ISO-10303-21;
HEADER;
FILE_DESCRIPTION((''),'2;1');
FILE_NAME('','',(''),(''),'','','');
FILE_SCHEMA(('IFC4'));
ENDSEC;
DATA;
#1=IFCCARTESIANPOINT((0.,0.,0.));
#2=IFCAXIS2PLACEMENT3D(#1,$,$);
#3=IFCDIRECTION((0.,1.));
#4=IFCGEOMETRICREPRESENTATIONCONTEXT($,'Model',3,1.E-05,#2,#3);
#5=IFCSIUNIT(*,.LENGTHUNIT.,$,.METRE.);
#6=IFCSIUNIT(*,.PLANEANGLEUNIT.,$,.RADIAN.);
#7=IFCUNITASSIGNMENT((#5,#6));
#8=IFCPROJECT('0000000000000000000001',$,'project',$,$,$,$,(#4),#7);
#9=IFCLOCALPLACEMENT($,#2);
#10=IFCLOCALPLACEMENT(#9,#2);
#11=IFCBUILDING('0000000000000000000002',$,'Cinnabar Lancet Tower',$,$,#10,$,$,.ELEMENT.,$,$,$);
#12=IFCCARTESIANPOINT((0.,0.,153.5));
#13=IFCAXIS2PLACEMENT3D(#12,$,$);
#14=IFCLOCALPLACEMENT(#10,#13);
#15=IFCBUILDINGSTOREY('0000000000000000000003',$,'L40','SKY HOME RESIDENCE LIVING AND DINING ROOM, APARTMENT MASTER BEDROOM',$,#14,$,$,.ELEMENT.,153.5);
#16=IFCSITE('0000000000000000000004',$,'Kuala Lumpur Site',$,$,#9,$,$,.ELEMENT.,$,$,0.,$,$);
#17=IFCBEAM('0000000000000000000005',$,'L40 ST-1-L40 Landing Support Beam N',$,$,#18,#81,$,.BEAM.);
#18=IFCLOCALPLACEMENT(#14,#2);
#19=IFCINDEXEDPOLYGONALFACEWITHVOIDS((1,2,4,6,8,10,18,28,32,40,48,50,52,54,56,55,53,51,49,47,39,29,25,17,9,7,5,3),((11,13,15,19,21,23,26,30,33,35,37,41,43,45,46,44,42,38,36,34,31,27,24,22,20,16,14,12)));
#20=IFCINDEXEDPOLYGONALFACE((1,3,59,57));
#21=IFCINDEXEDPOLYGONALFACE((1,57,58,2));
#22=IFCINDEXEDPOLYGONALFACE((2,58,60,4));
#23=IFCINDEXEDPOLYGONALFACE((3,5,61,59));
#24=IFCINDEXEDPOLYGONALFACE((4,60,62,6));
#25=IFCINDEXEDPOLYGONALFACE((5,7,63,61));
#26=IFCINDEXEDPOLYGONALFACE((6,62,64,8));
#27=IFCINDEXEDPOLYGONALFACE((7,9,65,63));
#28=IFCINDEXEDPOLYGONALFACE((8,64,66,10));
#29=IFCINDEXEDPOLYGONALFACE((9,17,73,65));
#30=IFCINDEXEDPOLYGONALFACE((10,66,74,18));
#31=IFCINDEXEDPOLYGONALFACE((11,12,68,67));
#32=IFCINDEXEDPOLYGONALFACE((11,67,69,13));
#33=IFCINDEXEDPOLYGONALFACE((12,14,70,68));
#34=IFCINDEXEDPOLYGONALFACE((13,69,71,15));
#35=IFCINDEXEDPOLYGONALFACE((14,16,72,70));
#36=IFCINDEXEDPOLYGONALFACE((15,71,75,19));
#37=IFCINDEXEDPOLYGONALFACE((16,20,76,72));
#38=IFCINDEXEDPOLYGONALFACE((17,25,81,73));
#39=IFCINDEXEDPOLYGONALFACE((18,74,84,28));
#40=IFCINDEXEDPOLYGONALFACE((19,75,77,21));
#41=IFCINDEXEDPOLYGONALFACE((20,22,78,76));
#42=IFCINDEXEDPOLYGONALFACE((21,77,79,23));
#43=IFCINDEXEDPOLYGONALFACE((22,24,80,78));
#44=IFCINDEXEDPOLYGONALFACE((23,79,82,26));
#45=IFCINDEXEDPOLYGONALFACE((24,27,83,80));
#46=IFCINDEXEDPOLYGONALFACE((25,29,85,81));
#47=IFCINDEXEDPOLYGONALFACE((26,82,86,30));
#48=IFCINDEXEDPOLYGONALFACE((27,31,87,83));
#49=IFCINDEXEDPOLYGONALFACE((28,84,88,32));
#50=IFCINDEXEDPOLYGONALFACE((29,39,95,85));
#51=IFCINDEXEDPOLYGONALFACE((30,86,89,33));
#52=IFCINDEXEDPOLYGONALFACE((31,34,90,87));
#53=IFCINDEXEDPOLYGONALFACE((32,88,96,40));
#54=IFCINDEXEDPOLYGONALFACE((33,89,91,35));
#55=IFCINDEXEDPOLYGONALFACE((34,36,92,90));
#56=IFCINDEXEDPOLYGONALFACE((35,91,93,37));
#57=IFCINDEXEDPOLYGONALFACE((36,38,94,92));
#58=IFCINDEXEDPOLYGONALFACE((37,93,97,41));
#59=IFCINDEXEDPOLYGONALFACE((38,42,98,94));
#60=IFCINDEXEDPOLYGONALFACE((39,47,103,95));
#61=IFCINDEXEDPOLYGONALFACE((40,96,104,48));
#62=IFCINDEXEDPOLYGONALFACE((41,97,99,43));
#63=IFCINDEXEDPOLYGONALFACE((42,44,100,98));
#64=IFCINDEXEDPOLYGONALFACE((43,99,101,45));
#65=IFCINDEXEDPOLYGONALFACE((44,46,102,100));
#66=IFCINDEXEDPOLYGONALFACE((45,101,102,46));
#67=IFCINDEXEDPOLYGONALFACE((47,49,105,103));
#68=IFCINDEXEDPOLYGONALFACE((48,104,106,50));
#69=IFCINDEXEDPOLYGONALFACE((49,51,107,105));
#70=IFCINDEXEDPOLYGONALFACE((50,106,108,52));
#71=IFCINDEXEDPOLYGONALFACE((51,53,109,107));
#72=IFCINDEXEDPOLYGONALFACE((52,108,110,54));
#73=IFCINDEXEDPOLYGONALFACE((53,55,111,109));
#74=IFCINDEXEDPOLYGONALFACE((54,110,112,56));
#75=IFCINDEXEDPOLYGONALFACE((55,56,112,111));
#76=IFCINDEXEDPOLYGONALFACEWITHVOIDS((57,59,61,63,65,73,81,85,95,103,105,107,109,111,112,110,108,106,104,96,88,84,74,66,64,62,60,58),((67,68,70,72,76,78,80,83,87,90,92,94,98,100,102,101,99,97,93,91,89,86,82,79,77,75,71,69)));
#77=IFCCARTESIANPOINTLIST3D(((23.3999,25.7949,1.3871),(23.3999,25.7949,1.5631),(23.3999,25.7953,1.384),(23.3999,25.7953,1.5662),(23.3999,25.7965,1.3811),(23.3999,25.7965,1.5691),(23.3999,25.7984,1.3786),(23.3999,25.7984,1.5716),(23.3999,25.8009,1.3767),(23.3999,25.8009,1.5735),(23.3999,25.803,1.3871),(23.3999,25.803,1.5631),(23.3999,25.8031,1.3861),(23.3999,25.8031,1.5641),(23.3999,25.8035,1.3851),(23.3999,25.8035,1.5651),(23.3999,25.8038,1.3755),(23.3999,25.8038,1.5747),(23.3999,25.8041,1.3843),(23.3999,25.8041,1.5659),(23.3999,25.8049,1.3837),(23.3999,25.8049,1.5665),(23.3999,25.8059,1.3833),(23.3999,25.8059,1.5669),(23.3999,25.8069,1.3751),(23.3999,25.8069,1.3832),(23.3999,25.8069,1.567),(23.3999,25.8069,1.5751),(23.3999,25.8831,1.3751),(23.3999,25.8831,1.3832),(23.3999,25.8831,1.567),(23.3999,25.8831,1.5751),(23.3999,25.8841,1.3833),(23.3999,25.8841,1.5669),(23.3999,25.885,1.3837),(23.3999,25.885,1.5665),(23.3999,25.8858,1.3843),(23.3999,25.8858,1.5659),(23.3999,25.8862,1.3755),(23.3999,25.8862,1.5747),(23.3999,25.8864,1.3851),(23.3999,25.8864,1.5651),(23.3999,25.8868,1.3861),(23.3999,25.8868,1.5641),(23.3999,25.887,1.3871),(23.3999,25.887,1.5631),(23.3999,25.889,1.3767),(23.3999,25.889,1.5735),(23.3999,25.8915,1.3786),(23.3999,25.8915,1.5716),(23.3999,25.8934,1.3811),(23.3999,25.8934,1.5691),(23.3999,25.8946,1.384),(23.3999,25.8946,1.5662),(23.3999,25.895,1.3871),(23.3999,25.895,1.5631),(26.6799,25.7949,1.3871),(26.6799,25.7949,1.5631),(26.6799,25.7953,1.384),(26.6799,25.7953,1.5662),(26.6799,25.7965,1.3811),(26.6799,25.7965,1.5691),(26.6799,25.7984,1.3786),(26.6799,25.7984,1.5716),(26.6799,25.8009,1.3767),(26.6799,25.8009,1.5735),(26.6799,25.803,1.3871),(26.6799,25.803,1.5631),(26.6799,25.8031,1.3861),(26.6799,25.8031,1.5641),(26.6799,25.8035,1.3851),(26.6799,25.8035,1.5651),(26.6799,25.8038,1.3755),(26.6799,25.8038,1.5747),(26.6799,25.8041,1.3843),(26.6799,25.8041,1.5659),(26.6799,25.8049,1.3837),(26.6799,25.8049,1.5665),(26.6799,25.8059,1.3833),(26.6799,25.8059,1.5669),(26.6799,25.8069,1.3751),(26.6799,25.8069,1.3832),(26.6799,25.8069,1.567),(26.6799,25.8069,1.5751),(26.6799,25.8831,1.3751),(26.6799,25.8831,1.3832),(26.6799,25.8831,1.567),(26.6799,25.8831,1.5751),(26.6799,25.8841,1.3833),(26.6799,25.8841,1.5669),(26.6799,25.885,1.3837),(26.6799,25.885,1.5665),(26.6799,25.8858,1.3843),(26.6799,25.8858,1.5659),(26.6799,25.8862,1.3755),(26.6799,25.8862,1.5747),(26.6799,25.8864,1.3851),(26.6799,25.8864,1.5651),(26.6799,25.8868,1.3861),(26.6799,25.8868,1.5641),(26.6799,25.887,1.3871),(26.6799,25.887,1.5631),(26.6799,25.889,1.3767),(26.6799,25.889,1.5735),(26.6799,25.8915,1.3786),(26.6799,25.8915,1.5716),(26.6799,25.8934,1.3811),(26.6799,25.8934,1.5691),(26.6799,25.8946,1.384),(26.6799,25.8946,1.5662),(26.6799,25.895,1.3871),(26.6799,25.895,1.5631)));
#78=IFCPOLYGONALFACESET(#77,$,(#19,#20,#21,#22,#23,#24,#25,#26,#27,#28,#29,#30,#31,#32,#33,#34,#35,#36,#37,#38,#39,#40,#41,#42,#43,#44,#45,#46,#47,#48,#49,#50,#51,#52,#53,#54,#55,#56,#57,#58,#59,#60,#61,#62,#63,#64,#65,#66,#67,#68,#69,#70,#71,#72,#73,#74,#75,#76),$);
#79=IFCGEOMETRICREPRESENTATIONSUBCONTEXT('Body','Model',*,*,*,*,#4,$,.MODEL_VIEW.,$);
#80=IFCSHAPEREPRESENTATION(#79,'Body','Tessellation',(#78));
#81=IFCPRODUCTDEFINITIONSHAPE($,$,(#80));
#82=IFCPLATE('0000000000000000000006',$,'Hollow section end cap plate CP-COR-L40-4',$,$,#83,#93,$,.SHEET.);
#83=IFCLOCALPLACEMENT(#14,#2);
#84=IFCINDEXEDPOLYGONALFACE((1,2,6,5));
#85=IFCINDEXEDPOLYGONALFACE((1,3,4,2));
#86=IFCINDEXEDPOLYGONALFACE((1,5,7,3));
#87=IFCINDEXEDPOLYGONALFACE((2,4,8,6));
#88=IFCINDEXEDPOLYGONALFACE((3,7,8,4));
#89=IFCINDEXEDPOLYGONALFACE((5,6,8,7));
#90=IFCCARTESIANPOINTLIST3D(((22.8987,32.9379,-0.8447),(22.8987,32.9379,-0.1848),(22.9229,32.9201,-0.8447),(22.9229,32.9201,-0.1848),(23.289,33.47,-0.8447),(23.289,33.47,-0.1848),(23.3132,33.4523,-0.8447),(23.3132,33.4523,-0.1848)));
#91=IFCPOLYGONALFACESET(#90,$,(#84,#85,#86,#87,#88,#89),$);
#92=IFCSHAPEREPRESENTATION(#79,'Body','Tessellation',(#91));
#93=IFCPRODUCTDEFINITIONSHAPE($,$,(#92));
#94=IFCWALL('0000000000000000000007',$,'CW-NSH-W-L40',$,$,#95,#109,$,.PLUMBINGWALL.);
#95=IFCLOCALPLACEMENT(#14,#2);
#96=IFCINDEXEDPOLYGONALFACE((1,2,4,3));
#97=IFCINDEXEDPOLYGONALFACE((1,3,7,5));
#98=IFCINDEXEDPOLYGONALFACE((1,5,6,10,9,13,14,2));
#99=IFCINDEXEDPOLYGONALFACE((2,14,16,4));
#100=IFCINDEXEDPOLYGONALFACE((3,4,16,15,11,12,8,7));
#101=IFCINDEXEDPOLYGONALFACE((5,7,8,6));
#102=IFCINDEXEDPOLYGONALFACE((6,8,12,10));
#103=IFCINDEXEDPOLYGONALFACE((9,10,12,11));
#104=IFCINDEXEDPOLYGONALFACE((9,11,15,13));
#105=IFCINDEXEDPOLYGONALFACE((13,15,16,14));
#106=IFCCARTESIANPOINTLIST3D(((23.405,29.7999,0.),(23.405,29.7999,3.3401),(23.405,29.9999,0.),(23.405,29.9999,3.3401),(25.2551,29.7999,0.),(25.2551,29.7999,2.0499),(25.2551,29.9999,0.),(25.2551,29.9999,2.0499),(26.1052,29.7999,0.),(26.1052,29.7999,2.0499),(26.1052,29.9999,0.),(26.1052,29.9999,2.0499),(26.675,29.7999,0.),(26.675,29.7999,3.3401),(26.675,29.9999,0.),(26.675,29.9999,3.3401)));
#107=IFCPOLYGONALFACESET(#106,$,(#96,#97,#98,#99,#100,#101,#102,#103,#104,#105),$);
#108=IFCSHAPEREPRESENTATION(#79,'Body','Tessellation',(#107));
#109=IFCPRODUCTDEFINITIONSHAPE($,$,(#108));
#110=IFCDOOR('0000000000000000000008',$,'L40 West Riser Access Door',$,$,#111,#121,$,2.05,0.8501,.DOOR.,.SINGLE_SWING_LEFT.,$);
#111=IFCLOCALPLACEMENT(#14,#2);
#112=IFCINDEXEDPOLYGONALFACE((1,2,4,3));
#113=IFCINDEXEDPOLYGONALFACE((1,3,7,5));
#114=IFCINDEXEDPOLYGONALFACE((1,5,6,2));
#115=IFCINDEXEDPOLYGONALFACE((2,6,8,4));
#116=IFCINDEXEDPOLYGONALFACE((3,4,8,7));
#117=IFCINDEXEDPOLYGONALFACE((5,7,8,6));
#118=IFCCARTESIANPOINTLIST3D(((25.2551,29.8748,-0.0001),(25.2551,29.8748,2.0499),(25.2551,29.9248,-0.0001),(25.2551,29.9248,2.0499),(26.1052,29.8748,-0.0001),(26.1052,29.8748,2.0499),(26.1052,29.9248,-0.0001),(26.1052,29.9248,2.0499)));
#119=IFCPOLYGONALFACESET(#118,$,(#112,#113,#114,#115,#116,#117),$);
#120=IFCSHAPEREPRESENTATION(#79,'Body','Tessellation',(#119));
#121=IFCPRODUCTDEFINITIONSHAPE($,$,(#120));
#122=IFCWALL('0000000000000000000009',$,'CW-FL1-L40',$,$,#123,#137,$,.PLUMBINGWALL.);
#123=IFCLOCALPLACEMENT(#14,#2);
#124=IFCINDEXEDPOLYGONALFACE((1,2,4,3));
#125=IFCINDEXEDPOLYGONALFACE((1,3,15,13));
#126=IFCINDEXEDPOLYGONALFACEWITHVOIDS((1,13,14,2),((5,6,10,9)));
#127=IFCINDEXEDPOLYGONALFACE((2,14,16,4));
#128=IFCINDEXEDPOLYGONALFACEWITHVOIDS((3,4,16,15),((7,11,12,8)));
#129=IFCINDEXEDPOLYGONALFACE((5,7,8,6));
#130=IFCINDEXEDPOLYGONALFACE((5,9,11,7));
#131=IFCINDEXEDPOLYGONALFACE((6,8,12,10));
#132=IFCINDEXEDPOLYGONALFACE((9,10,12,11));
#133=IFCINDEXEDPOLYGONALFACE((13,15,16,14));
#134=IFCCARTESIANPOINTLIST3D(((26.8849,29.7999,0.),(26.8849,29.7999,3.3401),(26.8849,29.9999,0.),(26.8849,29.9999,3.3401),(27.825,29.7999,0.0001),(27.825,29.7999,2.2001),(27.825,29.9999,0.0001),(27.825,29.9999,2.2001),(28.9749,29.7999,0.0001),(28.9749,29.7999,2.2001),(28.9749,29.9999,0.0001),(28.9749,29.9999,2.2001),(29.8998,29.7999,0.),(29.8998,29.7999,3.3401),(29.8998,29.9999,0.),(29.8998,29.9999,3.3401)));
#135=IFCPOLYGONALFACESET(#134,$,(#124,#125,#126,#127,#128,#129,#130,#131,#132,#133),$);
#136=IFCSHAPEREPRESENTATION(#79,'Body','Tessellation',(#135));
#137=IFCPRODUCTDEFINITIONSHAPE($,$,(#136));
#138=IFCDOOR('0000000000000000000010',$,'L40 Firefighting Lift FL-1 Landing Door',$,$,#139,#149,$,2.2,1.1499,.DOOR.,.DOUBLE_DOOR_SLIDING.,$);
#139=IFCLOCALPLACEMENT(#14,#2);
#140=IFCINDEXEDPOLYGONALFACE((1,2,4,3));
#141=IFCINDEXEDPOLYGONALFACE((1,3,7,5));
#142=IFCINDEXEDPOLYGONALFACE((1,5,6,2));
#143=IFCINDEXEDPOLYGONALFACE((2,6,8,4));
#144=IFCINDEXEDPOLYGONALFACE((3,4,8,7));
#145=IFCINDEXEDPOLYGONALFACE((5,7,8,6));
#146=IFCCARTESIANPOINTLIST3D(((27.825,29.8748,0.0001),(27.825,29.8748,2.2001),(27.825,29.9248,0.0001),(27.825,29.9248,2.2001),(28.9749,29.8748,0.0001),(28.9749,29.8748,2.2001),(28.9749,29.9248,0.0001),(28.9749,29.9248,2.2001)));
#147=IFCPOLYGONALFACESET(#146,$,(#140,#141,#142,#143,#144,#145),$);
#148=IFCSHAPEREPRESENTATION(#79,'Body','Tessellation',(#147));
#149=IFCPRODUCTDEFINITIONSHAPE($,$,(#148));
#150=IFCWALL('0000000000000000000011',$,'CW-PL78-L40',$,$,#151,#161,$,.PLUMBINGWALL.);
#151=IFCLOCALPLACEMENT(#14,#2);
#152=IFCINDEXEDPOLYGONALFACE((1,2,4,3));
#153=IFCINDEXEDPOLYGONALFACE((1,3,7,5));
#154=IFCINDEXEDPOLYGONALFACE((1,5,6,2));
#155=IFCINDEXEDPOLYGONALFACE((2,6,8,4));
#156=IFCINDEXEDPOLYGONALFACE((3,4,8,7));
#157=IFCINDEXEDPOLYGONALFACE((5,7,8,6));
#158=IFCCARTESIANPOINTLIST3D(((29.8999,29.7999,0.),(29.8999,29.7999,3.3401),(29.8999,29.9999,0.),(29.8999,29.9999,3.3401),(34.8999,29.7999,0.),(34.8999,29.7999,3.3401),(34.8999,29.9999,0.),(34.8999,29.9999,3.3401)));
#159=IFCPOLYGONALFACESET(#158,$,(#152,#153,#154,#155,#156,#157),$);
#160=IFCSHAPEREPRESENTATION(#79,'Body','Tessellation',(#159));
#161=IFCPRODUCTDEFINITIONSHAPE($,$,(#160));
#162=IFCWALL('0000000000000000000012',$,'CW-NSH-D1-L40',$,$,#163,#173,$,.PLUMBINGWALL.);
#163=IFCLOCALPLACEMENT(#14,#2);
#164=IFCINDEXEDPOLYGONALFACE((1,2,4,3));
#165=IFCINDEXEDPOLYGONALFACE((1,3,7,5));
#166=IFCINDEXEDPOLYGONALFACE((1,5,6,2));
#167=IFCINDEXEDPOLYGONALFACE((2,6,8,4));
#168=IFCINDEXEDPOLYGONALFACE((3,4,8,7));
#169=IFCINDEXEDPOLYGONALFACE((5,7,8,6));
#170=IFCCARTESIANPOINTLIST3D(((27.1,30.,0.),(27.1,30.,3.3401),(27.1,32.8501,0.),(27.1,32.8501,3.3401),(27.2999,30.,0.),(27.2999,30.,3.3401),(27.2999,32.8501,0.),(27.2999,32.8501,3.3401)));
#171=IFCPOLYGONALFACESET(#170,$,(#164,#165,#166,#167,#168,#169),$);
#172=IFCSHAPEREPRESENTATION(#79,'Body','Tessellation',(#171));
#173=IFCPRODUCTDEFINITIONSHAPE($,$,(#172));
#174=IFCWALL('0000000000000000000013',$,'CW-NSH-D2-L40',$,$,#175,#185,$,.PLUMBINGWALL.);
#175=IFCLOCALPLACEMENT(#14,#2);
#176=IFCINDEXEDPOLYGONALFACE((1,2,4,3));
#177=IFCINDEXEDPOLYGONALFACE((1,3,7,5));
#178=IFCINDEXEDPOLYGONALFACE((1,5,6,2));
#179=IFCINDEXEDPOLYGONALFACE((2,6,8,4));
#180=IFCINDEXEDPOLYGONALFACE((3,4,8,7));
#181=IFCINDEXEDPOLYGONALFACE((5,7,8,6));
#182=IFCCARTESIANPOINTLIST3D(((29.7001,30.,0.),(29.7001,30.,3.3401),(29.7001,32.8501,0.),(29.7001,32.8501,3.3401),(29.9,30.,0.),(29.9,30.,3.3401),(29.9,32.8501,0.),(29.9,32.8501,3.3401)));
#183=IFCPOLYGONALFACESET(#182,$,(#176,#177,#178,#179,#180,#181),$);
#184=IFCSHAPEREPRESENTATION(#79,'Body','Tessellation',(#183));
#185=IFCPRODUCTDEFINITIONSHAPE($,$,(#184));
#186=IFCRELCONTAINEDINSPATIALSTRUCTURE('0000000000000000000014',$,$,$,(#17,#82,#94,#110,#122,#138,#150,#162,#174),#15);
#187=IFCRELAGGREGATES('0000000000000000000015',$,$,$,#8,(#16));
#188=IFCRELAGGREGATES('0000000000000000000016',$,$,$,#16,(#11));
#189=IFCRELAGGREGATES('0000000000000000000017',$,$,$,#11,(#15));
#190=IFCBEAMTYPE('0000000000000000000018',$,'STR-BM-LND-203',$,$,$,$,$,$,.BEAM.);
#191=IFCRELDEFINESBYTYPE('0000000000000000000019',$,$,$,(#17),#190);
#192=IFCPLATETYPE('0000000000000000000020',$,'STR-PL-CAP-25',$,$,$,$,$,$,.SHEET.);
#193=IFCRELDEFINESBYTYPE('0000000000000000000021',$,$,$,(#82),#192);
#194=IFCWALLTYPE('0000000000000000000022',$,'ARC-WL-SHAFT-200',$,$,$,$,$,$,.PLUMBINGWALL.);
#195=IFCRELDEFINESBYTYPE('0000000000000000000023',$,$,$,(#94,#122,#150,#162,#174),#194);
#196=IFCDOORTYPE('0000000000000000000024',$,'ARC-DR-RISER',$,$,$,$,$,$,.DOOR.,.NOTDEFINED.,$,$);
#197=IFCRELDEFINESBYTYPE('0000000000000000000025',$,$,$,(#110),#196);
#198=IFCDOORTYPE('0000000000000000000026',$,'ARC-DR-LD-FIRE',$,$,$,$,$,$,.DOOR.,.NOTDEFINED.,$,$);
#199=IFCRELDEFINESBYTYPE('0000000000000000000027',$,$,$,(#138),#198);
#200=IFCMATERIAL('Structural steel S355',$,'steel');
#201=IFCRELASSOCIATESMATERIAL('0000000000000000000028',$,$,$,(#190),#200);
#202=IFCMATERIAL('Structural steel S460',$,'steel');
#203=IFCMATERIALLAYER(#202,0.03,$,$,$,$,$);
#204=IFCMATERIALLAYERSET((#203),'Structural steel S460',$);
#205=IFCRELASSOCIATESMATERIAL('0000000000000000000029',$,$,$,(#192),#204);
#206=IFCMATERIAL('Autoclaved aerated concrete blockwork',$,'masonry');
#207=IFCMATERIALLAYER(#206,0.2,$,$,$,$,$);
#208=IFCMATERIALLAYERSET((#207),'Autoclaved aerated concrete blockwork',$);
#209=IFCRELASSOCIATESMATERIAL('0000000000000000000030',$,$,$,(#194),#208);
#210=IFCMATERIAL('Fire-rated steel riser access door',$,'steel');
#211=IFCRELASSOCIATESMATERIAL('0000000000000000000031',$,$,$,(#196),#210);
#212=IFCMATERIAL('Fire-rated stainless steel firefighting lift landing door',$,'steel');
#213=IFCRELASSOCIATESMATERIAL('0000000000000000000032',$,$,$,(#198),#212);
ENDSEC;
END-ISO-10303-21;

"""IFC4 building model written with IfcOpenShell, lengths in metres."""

from ifc_helpers import new_model, si_unit, direction, frame, frame_2d, origin, origin_2d, place, context, subcontext, project, spatial, rectangle, hollow_rectangle, extrude, material, layer, layer_set, material_profile, profile_set, type_object, element, fill, save


model = new_model("IFC4")

# Units and contexts
model_context = context("Model", 3, precision=1e-05, world=origin(), true_north=direction((0.0, 1.0)))
body_context = subcontext(model_context, "Body", "Model", "MODEL_VIEW")
ifc_project = project(units=[si_unit("LENGTHUNIT", "METRE"), si_unit("PLANEANGLEUNIT", "RADIAN")], contexts=[model_context])

# Site, building, storey
site_placement = place(None, origin())
site = spatial("IfcSite", under=ifc_project, at=site_placement, Name="Kuala Lumpur Site", CompositionType="ELEMENT", RefElevation=0.0)
building_placement = place(site_placement, origin())
building = spatial("IfcBuilding", under=site, at=building_placement, Name="Cinnabar Lancet Tower", CompositionType="ELEMENT")
storey_placement = place(building_placement, frame((0.0, 0.0, 153.5)))
storey = spatial("IfcBuildingStorey", under=building, at=storey_placement, Name="L40", Description="SKY HOME RESIDENCE LIVING AND DINING ROOM, APARTMENT MASTER BEDROOM", CompositionType="ELEMENT", Elevation=153.5)

# Beam
ifc_material_1 = material(Name="Structural steel S355", Category="steel")
ifc_material_profile = material_profile(ifc_material_1, hollow_rectangle(XDim=0.1001, YDim=0.2, WallThickness=0.0081, InnerFilletRadius=0.0039, OuterFilletRadius=0.012, at=origin_2d()), Name="RHS 200x100x8")
ifc_profile_set = profile_set([ifc_material_profile], Name="Structural steel S355")
beam_type = type_object("IfcBeamType", Name="STR-BM-LND-203", PredefinedType="BEAM", material=ifc_profile_set)
beam_placement = place(storey_placement, frame((23.3999, 25.845, 1.4751), z_axis=(1.0, 0.0, 0.0), x_axis=(0.0, 1.0, 0.0)))
element("IfcBeam", 1, at=beam_placement, inside=storey, type_object=beam_type, Name="L40 ST-1-L40 Landing Support Beam N", PredefinedType="BEAM", context=body_context, shape_type="SweptSolid", body=[
    extrude(hollow_rectangle(XDim=0.1001, YDim=0.2, WallThickness=0.0081, InnerFilletRadius=0.0039, OuterFilletRadius=0.012, at=origin_2d()), origin(), (0.0, 0.0, 1.0), 3.28),
])

# Plate
ifc_material_2 = material(Name="Structural steel S460", Category="steel")
ifc_layer_1 = layer(ifc_material_2, 0.03)
ifc_layer_set_1 = layer_set([ifc_layer_1], Name="Structural steel S460")
plate_type = type_object("IfcPlateType", Name="STR-PL-CAP-25", PredefinedType="SHEET", material=ifc_layer_set_1)
plate_placement = place(storey_placement, frame((23.106, 33.1951, -0.8447), z_axis=(0.0, 0.0, 1.0), x_axis=(0.806414, -0.591352, 0.0)))
element("IfcPlate", 2, at=plate_placement, inside=storey, type_object=plate_type, Name="Hollow section end cap plate CP-COR-L40-4", PredefinedType="SHEET", context=body_context, shape_type="SweptSolid", body=[
    extrude(rectangle(XDim=0.03, YDim=0.6599, at=origin_2d()), origin(), (0.0, 0.0, 1.0), 0.6599),
])

# Walls, openings, doors
ifc_material_3 = material(Name="Autoclaved aerated concrete blockwork", Category="masonry")
ifc_layer_2 = layer(ifc_material_3, 0.2)
ifc_layer_set_2 = layer_set([ifc_layer_2], Name="Autoclaved aerated concrete blockwork")
wall_type_1 = type_object("IfcWallType", Name="ARC-WL-SHAFT-200", PredefinedType="PLUMBINGWALL", material=ifc_layer_set_2)
wall_1_placement = place(storey_placement, frame((23.405, 29.8999, 0.0), z_axis=(0.0, 0.0, 1.0), x_axis=(1.0, 0.0, 0.0)))
wall_1 = element("IfcWall", 3, at=wall_1_placement, inside=storey, type_object=wall_type_1, Name="CW-NSH-W-L40", PredefinedType="PLUMBINGWALL", context=body_context, shape_type="SweptSolid", body=[
    extrude(rectangle(XDim=3.27, YDim=0.2, at=frame_2d((1.635, 0.0))), origin(), (0.0, 0.0, 1.0), 3.3401),
])
opening_1_placement = place(wall_1_placement, frame((1.8501, 0.0, 0.0)))
opening_1 = element("IfcOpeningElement", 4, at=opening_1_placement, cuts=wall_1, PredefinedType="OPENING", context=body_context, shape_type="SweptSolid", body=[
    extrude(rectangle(XDim=0.8501, YDim=2.05, at=frame_2d((0.425, 1.0249))), frame((0.0, 0.1099, 0.0), z_axis=(0.0, -1.0, 0.0), x_axis=(1.0, 0.0, 0.0)), (0.0, 0.0, 1.0), 0.22),
])
ifc_material_4 = material(Name="Fire-rated steel riser access door", Category="steel")
door_type_1 = type_object("IfcDoorType", Name="ARC-DR-RISER", OperationType="NOTDEFINED", PredefinedType="DOOR", material=ifc_material_4)
door_1_placement = place(opening_1_placement, origin())
door_1 = element("IfcDoor", 5, at=door_1_placement, inside=storey, type_object=door_type_1, Name="L40 West Riser Access Door", OperationType="SINGLE_SWING_LEFT", OverallHeight=2.05, OverallWidth=0.8501, PredefinedType="DOOR", context=body_context, shape_type="SweptSolid", body=[
    extrude(rectangle(XDim=0.8501, YDim=2.05, at=frame_2d((0.425, 1.0249))), frame((0.0, 0.0249, 0.0), z_axis=(0.0, -1.0, 0.0), x_axis=(1.0, 0.0, 0.0)), (0.0, 0.0, 1.0), 0.05),
])
fill(opening_1, door_1)
wall_2_placement = place(storey_placement, frame((26.885, 29.8999, 0.0), z_axis=(0.0, 0.0, 1.0), x_axis=(1.0, 0.0, 0.0)))
wall_2 = element("IfcWall", 6, at=wall_2_placement, inside=storey, type_object=wall_type_1, Name="CW-FL1-L40", PredefinedType="PLUMBINGWALL", context=body_context, shape_type="SweptSolid", body=[
    extrude(rectangle(XDim=3.0149, YDim=0.2, at=frame_2d((1.5073, 0.0))), origin(), (0.0, 0.0, 1.0), 3.3401),
])
opening_2_placement = place(wall_2_placement, frame((0.9399, 0.0, 0.0)))
opening_2 = element("IfcOpeningElement", 7, at=opening_2_placement, cuts=wall_2, PredefinedType="OPENING", context=body_context, shape_type="SweptSolid", body=[
    extrude(rectangle(XDim=1.1499, YDim=2.2, at=frame_2d((0.575, 1.1001))), frame((0.0, 0.1099, 0.0), z_axis=(0.0, -1.0, 0.0), x_axis=(1.0, 0.0, 0.0)), (0.0, 0.0, 1.0), 0.22),
])
ifc_material_5 = material(Name="Fire-rated stainless steel firefighting lift landing door", Category="steel")
door_type_2 = type_object("IfcDoorType", Name="ARC-DR-LD-FIRE", OperationType="NOTDEFINED", PredefinedType="DOOR", material=ifc_material_5)
door_2_placement = place(opening_2_placement, origin())
door_2 = element("IfcDoor", 8, at=door_2_placement, inside=storey, type_object=door_type_2, Name="L40 Firefighting Lift FL-1 Landing Door", OperationType="DOUBLE_DOOR_SLIDING", OverallHeight=2.2, OverallWidth=1.1499, PredefinedType="DOOR", context=body_context, shape_type="SweptSolid", body=[
    extrude(rectangle(XDim=1.1499, YDim=2.2, at=frame_2d((0.575, 1.1001))), frame((0.0, 0.0249, 0.0), z_axis=(0.0, -1.0, 0.0), x_axis=(1.0, 0.0, 0.0)), (0.0, 0.0, 1.0), 0.05),
])
fill(opening_2, door_2)

# Walls
wall_3_placement = place(storey_placement, frame((29.8999, 29.8999, 0.0), z_axis=(0.0, 0.0, 1.0), x_axis=(1.0, 0.0, 0.0)))
element("IfcWall", 9, at=wall_3_placement, inside=storey, type_object=wall_type_1, Name="CW-PL78-L40", PredefinedType="PLUMBINGWALL", context=body_context, shape_type="SweptSolid", body=[
    extrude(rectangle(XDim=5.0, YDim=0.2, at=frame_2d((2.5, 0.0))), origin(), (0.0, 0.0, 1.0), 3.3401),
])
for number, where, z_axis, x_axis, name in (
    (10, (27.2, 30.0, 0.0), (0.0, 0.0, 1.0), (0.0, 1.0, 0.0), "CW-NSH-D1-L40"),
    (11, (29.8, 30.0, 0.0), (0.0, 0.0, 1.0), (0.0, 1.0, 0.0), "CW-NSH-D2-L40"),
):
    element("IfcWall", number, at=place(storey_placement, frame(where, z_axis=z_axis, x_axis=x_axis)), inside=storey, type_object=wall_type_1, Name=name, PredefinedType="PLUMBINGWALL", context=body_context, shape_type="SweptSolid", body=[
        extrude(rectangle(XDim=2.8501, YDim=0.2, at=frame_2d((1.425, 0.0))), origin(), (0.0, 0.0, 1.0), 3.3401),
    ])

save(model, "model.ifc")
